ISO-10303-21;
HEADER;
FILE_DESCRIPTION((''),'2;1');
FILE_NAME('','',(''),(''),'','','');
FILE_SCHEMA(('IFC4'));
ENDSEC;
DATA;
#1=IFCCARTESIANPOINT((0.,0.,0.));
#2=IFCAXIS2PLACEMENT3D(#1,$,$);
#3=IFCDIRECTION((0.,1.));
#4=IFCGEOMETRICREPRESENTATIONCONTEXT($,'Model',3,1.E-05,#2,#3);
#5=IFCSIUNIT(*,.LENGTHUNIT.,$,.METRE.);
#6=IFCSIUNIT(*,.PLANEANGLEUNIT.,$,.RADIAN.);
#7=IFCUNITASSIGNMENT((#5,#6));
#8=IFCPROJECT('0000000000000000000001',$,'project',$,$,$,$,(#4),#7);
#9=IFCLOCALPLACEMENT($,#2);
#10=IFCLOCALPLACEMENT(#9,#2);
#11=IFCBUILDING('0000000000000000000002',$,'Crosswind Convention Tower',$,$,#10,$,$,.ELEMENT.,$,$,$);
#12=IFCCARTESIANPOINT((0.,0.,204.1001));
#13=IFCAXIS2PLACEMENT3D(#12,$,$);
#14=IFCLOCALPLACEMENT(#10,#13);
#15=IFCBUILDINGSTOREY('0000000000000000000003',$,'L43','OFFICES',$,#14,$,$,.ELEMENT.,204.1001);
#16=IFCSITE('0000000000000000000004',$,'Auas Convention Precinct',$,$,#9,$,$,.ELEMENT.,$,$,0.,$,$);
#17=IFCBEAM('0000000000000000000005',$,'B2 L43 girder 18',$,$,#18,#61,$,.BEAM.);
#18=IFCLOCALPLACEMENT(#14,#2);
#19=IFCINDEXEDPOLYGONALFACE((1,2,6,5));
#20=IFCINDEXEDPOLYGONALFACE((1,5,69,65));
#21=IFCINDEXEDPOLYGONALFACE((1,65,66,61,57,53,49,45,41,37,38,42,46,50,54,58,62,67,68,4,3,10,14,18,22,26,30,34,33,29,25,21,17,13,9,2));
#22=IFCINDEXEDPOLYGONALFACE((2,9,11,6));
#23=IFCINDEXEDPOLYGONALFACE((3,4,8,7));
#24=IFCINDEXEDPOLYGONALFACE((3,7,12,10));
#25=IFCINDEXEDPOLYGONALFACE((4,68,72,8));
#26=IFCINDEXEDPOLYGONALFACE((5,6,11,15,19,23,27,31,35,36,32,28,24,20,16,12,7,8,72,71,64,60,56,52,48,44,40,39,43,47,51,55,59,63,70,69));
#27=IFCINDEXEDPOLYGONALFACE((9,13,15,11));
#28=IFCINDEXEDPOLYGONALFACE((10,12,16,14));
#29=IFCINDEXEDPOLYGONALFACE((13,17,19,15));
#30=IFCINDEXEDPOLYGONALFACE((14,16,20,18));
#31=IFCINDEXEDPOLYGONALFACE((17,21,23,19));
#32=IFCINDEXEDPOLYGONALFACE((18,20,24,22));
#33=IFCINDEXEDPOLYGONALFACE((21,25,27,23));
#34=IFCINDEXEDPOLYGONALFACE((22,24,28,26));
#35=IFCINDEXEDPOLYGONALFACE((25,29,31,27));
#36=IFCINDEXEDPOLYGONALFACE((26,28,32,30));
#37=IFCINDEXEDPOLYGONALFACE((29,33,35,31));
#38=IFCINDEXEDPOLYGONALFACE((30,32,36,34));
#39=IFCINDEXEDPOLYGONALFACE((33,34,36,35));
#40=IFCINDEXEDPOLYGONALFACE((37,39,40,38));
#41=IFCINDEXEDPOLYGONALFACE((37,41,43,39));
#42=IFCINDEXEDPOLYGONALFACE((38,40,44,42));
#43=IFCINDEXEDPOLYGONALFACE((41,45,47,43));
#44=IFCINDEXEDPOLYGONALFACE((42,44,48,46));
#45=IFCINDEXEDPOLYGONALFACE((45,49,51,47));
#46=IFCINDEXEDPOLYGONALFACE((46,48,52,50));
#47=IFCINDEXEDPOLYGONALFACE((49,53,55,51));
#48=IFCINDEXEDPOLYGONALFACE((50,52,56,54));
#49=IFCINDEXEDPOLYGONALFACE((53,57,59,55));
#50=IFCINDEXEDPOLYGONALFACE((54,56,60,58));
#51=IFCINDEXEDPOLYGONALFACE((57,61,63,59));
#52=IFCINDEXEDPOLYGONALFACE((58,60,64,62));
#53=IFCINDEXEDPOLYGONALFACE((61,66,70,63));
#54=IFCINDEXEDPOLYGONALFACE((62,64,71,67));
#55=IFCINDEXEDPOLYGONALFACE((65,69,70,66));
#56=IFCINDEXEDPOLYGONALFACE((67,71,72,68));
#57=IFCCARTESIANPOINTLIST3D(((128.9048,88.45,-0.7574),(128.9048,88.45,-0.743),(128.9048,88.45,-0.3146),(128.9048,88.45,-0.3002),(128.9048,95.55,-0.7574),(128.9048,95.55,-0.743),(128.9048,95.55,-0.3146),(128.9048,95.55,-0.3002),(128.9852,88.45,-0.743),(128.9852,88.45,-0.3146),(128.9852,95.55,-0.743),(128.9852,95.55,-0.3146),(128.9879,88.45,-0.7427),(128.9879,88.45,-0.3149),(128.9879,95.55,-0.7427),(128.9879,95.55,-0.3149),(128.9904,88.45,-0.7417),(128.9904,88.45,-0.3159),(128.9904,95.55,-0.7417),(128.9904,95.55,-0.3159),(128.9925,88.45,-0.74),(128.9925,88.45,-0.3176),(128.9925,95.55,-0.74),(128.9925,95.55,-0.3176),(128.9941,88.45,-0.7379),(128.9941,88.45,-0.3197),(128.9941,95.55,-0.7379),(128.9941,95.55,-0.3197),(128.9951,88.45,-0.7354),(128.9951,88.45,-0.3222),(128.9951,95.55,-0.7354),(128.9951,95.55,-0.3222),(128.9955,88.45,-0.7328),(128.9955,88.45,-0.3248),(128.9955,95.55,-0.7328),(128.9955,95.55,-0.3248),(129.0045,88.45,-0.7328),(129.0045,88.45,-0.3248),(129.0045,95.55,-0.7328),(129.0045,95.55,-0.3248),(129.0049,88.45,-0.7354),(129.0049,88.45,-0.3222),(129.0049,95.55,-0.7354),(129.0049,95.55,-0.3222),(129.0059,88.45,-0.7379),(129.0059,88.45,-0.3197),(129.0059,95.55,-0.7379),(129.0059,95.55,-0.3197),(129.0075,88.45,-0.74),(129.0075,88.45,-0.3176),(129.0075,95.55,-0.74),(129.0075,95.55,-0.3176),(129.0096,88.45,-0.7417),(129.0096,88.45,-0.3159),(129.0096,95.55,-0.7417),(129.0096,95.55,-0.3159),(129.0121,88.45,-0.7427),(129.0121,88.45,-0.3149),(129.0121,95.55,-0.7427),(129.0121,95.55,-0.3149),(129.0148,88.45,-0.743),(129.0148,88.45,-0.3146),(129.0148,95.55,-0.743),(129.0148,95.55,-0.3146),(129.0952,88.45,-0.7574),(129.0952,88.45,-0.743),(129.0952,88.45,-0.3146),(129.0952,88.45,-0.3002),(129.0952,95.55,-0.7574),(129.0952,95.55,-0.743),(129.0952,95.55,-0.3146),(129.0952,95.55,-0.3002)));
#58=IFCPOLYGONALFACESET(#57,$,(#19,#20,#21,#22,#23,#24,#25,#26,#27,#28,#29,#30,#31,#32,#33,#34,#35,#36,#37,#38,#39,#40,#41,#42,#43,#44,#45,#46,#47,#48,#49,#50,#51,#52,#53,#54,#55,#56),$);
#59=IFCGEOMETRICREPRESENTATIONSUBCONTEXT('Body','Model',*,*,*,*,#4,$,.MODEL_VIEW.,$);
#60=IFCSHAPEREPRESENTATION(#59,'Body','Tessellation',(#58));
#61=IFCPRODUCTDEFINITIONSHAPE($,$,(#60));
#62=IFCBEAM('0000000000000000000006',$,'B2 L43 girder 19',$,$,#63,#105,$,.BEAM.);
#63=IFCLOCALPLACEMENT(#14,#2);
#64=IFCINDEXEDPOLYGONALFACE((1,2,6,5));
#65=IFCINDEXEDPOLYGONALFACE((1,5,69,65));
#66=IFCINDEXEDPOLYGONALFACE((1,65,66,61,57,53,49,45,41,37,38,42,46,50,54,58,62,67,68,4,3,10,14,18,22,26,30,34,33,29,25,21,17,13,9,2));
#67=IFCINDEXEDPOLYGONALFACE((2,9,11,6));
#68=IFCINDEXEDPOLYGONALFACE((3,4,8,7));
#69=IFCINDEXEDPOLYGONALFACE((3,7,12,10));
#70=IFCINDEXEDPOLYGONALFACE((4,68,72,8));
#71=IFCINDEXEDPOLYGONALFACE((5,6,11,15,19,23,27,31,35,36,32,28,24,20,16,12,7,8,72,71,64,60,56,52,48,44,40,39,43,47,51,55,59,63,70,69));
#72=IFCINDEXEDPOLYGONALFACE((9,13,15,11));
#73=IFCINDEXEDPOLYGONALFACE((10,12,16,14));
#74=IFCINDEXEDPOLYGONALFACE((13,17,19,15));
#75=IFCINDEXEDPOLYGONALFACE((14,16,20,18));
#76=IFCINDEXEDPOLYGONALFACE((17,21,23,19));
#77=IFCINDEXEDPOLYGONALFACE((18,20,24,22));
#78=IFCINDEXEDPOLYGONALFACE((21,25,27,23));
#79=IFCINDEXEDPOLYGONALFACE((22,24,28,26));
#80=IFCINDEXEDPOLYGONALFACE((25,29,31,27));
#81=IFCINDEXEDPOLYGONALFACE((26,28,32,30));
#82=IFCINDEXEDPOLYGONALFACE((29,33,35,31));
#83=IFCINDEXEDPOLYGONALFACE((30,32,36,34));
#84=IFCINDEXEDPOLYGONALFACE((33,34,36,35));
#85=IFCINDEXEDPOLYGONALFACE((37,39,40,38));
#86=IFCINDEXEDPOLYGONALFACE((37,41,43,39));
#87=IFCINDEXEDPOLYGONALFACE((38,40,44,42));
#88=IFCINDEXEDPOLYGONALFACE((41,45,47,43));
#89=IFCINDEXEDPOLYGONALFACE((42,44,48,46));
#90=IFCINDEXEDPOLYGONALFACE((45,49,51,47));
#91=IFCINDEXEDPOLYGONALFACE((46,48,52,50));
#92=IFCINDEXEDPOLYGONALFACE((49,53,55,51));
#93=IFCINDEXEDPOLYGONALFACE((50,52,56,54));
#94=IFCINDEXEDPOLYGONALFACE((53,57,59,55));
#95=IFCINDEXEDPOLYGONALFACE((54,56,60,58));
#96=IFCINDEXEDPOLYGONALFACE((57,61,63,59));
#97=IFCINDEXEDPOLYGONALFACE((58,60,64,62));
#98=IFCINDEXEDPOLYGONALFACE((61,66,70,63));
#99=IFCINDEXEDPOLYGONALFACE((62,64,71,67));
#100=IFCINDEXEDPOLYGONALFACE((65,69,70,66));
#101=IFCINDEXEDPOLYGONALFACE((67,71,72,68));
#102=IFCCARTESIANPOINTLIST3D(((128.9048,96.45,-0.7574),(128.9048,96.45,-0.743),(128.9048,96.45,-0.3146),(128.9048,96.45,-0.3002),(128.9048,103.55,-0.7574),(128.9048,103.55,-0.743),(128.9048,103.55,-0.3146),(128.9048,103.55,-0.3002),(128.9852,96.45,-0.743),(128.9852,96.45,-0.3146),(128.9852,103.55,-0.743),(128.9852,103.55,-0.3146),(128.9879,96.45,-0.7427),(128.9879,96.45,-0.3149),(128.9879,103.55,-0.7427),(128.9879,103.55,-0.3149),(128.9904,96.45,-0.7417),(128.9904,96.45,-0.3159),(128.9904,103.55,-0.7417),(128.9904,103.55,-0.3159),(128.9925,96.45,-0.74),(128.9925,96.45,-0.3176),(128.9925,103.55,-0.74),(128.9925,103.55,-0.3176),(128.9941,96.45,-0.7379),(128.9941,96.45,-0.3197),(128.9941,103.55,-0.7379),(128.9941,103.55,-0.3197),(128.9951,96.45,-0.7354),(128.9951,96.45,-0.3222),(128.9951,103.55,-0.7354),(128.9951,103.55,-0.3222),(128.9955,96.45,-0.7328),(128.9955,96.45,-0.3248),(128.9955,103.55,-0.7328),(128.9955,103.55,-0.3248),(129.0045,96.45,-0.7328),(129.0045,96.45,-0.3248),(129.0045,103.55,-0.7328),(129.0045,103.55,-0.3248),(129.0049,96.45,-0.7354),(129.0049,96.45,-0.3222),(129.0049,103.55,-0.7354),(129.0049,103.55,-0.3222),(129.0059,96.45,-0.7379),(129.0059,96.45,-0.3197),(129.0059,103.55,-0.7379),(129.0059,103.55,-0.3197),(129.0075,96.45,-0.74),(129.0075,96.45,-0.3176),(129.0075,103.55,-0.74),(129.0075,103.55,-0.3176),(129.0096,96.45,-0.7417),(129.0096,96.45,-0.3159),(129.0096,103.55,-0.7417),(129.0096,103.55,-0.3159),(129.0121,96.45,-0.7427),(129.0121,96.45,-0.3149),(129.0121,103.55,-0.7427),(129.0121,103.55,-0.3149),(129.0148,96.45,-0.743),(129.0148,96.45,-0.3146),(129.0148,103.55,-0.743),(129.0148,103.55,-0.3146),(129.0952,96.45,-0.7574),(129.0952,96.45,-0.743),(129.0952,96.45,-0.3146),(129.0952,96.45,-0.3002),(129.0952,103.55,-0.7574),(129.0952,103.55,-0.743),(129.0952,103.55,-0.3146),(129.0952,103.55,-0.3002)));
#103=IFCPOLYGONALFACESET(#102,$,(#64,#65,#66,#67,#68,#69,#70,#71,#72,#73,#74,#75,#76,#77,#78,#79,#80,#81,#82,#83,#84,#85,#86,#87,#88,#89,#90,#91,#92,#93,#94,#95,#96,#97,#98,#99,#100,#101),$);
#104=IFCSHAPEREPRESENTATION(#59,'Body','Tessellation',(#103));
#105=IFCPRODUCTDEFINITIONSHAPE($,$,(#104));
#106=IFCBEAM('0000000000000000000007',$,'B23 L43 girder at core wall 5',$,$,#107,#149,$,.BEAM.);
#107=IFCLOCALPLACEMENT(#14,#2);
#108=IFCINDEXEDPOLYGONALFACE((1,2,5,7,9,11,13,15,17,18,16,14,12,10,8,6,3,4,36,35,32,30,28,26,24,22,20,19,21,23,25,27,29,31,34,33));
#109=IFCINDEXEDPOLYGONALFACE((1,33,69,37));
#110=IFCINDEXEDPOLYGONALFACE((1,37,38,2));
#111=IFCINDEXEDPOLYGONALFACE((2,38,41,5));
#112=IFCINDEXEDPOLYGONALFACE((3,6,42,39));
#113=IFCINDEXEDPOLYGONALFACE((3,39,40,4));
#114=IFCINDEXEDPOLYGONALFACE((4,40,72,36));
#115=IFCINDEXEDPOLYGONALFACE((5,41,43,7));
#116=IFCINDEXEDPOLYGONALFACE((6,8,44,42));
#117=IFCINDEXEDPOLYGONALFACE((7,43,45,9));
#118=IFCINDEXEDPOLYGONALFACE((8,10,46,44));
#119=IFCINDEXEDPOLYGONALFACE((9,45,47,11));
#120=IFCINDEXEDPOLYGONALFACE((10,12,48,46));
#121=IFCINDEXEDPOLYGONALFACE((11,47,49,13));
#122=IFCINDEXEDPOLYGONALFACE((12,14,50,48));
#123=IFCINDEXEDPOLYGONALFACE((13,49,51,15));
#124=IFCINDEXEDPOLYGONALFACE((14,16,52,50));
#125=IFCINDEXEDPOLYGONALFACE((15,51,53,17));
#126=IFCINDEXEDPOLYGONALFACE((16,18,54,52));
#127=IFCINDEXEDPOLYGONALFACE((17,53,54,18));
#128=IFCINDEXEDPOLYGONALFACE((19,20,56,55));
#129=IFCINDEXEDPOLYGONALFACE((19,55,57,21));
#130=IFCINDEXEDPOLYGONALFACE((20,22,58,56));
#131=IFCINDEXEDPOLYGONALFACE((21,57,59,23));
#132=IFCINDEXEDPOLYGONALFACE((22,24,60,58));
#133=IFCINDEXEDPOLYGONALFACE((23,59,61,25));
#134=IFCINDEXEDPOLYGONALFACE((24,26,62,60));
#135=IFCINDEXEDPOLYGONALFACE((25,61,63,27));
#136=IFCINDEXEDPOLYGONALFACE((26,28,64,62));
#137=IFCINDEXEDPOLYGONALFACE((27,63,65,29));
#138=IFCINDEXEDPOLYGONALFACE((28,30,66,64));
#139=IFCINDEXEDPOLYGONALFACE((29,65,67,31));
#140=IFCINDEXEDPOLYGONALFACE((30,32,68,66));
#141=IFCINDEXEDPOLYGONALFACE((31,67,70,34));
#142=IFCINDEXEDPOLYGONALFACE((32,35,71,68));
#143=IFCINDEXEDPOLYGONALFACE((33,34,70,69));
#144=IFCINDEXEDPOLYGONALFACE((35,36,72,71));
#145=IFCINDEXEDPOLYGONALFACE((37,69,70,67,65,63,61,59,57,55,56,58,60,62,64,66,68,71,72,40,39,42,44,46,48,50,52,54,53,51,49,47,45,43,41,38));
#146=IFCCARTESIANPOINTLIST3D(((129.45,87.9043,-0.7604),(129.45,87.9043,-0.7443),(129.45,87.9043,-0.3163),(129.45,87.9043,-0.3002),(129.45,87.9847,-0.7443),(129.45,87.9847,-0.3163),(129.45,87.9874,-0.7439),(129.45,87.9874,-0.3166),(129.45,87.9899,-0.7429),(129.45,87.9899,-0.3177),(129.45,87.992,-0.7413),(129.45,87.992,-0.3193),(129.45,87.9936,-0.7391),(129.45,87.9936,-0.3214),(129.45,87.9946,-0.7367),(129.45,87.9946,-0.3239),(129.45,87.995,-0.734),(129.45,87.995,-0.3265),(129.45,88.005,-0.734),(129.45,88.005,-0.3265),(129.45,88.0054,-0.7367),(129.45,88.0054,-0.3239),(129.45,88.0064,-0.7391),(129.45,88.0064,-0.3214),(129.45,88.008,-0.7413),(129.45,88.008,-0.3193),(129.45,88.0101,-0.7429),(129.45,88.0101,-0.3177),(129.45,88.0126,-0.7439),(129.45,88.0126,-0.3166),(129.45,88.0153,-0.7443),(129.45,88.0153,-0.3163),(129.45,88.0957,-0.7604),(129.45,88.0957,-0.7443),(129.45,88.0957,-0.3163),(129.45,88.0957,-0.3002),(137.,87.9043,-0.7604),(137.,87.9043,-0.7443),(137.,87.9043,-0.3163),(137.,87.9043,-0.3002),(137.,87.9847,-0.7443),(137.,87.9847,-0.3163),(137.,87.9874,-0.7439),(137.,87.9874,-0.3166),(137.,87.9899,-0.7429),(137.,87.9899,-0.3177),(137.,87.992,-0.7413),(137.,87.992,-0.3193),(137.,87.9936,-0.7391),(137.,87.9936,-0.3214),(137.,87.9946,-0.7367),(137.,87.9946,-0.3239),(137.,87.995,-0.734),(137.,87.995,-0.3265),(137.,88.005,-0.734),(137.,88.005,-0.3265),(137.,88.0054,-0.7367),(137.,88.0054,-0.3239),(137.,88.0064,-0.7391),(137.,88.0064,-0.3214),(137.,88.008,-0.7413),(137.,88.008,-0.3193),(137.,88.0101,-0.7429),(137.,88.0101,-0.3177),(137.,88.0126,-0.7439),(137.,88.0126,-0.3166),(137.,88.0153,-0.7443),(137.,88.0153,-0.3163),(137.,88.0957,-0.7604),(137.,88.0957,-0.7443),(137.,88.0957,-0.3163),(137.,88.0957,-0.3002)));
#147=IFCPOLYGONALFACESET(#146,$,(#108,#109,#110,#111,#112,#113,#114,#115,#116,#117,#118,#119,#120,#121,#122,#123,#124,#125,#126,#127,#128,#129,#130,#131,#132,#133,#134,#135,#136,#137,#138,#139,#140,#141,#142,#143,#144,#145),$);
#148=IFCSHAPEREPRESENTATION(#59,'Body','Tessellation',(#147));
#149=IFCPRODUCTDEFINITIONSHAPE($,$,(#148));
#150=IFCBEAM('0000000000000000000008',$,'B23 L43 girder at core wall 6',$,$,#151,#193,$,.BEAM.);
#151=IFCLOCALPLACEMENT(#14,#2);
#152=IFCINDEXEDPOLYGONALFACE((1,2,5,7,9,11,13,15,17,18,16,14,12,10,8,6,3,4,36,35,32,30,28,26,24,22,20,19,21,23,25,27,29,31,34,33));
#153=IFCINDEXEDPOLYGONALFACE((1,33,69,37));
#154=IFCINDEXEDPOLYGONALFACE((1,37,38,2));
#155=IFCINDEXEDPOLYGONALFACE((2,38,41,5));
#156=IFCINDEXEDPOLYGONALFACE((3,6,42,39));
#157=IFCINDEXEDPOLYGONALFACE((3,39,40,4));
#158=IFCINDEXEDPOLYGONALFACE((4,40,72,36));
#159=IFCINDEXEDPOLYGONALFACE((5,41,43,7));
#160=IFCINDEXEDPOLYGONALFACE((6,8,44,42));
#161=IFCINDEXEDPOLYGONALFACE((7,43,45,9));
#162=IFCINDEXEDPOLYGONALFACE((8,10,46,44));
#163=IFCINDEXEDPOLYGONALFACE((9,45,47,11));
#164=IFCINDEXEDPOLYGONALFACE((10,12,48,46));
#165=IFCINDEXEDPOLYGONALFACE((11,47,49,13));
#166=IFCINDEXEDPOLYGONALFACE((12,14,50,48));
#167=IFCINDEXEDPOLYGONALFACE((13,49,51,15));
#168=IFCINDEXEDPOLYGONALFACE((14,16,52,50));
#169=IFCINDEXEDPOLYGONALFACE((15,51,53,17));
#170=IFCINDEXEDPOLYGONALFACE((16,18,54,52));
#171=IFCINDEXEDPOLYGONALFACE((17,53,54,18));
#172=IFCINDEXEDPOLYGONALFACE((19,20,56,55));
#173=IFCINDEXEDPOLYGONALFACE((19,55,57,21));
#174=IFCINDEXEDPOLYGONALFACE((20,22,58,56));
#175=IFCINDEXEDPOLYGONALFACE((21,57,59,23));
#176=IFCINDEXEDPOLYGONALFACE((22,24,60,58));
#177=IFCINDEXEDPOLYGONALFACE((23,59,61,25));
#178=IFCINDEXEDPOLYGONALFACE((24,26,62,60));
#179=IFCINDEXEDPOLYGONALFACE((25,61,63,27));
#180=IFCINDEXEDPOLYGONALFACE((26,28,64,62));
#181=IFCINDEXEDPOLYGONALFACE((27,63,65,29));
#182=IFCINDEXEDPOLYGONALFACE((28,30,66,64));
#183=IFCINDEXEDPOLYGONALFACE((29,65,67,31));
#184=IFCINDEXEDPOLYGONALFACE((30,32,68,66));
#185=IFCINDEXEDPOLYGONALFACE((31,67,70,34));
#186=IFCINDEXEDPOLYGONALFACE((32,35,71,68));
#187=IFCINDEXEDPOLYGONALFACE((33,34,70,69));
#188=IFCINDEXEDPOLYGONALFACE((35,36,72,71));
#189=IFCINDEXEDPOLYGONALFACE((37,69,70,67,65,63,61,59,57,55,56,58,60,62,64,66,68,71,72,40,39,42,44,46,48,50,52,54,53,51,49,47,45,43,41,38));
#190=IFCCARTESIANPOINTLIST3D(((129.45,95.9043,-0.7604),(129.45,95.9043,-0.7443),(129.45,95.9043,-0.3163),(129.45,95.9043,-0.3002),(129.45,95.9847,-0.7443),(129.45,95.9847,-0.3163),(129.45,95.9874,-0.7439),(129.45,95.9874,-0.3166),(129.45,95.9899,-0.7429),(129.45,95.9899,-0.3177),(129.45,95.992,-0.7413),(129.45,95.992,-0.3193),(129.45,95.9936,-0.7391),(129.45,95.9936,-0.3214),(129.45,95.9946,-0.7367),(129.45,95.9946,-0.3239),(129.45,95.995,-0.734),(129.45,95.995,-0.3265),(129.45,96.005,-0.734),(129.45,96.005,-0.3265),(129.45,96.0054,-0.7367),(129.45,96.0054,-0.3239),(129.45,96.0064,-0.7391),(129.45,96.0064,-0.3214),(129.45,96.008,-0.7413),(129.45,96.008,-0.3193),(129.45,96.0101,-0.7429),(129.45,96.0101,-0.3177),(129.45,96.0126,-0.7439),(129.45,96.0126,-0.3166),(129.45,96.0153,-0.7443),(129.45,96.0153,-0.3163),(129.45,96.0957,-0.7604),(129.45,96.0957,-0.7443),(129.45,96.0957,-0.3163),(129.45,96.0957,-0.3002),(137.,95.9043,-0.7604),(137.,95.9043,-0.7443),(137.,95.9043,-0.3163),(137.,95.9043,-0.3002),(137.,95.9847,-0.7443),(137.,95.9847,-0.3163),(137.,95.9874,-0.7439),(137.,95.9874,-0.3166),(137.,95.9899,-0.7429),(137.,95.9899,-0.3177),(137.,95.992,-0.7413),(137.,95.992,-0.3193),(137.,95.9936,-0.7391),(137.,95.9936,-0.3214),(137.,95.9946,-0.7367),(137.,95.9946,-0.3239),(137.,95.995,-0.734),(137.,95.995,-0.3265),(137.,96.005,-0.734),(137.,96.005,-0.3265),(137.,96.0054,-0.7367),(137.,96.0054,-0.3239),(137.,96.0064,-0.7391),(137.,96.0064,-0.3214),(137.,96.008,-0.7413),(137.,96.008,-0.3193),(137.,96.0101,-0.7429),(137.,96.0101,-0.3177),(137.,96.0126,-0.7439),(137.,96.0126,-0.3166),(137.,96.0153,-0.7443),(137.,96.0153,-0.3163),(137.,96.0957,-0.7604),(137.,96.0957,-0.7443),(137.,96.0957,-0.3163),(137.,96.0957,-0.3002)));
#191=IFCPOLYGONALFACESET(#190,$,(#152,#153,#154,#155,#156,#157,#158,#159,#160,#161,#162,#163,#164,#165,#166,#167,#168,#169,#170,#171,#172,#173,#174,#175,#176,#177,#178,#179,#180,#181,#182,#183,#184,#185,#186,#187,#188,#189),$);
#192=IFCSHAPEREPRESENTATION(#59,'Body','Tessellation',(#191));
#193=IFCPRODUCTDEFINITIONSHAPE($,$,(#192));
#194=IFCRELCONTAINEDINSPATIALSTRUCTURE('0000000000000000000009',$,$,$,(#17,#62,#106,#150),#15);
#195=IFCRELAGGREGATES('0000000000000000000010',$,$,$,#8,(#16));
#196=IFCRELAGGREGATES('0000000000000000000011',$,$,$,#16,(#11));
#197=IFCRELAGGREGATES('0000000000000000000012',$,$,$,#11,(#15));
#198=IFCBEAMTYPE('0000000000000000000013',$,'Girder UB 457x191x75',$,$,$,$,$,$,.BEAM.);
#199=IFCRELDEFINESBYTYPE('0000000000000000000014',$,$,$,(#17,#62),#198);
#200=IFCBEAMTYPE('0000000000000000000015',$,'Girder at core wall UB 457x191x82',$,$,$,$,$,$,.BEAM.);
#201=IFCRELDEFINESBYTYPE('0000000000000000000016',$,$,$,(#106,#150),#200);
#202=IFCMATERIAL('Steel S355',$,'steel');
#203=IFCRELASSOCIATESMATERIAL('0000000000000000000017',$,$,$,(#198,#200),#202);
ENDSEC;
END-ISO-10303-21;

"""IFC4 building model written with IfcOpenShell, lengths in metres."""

from ifc_helpers import new_model, si_unit, direction, frame, origin, origin_2d, place, context, subcontext, project, spatial, i_section, extrude, material, material_profile, profile_set, type_object, element, save


model = new_model("IFC4")

# Units and contexts
model_context = context("Model", 3, precision=1e-05, world=origin(), true_north=direction((0.0, 1.0)))
body_context = subcontext(model_context, "Body", "Model", "MODEL_VIEW")
ifc_project = project(units=[si_unit("LENGTHUNIT", "METRE"), si_unit("PLANEANGLEUNIT", "RADIAN")], contexts=[model_context])

# Site, building, storey
site_placement = place(None, origin())
site = spatial("IfcSite", under=ifc_project, at=site_placement, Name="Auas Convention Precinct", CompositionType="ELEMENT", RefElevation=0.0)
building_placement = place(site_placement, origin())
building = spatial("IfcBuilding", under=site, at=building_placement, Name="Crosswind Convention Tower", CompositionType="ELEMENT")
storey_placement = place(building_placement, frame((0.0, 0.0, 204.1001)))
storey = spatial("IfcBuildingStorey", under=building, at=storey_placement, Name="L43", Description="OFFICES", CompositionType="ELEMENT", Elevation=204.1001)

# Beams
ifc_material_1 = material(Name="Steel S355", Category="steel")
ifc_material_profile_1 = material_profile(ifc_material_1, i_section(OverallWidth=0.1904, OverallDepth=0.4573, WebThickness=0.009, FlangeThickness=0.0144, FilletRadius=0.0103, at=origin_2d()), Name="UB 457x191x75")
ifc_profile_set_1 = profile_set([ifc_material_profile_1], Name="Steel S355")
beam_type_1 = type_object("IfcBeamType", Name="Girder UB 457x191x75", PredefinedType="BEAM", material=ifc_profile_set_1)
for number, where, z_axis, x_axis, name in (
    (1, (129.0, 88.45, -0.5288), (0.0, 1.0, 0.0), (-1.0, 0.0, 0.0), "B2 L43 girder 18"),
    (2, (129.0, 96.45, -0.5288), (0.0, 1.0, 0.0), (-1.0, 0.0, 0.0), "B2 L43 girder 19"),
):
    element("IfcBeam", number, at=place(storey_placement, frame(where, z_axis=z_axis, x_axis=x_axis)), inside=storey, type_object=beam_type_1, Name=name, PredefinedType="BEAM", context=body_context, shape_type="SweptSolid", body=[
        extrude(i_section(OverallWidth=0.1904, OverallDepth=0.4573, WebThickness=0.009, FlangeThickness=0.0144, FilletRadius=0.0103, at=origin_2d()), origin(), (0.0, 0.0, 1.0), 7.1001),
    ])
ifc_material_profile_2 = material_profile(ifc_material_1, i_section(OverallWidth=0.1914, OverallDepth=0.4602, WebThickness=0.01, FlangeThickness=0.0161, FilletRadius=0.0103, at=origin_2d()), Name="UB 457x191x82")
ifc_profile_set_2 = profile_set([ifc_material_profile_2], Name="Steel S355")
beam_type_2 = type_object("IfcBeamType", Name="Girder at core wall UB 457x191x82", PredefinedType="BEAM", material=ifc_profile_set_2)
for number, where, z_axis, x_axis, name in (
    (3, (129.45, 88.0, -0.5303), (1.0, 0.0, 0.0), (0.0, 1.0, 0.0), "B23 L43 girder at core wall 5"),
    (4, (129.45, 96.0, -0.5303), (1.0, 0.0, 0.0), (0.0, 1.0, 0.0), "B23 L43 girder at core wall 6"),
):
    element("IfcBeam", number, at=place(storey_placement, frame(where, z_axis=z_axis, x_axis=x_axis)), inside=storey, type_object=beam_type_2, Name=name, PredefinedType="BEAM", context=body_context, shape_type="SweptSolid", body=[
        extrude(i_section(OverallWidth=0.1914, OverallDepth=0.4602, WebThickness=0.01, FlangeThickness=0.0161, FilletRadius=0.0103, at=origin_2d()), origin(), (0.0, 0.0, 1.0), 7.55),
    ])

save(model, "model.ifc")
